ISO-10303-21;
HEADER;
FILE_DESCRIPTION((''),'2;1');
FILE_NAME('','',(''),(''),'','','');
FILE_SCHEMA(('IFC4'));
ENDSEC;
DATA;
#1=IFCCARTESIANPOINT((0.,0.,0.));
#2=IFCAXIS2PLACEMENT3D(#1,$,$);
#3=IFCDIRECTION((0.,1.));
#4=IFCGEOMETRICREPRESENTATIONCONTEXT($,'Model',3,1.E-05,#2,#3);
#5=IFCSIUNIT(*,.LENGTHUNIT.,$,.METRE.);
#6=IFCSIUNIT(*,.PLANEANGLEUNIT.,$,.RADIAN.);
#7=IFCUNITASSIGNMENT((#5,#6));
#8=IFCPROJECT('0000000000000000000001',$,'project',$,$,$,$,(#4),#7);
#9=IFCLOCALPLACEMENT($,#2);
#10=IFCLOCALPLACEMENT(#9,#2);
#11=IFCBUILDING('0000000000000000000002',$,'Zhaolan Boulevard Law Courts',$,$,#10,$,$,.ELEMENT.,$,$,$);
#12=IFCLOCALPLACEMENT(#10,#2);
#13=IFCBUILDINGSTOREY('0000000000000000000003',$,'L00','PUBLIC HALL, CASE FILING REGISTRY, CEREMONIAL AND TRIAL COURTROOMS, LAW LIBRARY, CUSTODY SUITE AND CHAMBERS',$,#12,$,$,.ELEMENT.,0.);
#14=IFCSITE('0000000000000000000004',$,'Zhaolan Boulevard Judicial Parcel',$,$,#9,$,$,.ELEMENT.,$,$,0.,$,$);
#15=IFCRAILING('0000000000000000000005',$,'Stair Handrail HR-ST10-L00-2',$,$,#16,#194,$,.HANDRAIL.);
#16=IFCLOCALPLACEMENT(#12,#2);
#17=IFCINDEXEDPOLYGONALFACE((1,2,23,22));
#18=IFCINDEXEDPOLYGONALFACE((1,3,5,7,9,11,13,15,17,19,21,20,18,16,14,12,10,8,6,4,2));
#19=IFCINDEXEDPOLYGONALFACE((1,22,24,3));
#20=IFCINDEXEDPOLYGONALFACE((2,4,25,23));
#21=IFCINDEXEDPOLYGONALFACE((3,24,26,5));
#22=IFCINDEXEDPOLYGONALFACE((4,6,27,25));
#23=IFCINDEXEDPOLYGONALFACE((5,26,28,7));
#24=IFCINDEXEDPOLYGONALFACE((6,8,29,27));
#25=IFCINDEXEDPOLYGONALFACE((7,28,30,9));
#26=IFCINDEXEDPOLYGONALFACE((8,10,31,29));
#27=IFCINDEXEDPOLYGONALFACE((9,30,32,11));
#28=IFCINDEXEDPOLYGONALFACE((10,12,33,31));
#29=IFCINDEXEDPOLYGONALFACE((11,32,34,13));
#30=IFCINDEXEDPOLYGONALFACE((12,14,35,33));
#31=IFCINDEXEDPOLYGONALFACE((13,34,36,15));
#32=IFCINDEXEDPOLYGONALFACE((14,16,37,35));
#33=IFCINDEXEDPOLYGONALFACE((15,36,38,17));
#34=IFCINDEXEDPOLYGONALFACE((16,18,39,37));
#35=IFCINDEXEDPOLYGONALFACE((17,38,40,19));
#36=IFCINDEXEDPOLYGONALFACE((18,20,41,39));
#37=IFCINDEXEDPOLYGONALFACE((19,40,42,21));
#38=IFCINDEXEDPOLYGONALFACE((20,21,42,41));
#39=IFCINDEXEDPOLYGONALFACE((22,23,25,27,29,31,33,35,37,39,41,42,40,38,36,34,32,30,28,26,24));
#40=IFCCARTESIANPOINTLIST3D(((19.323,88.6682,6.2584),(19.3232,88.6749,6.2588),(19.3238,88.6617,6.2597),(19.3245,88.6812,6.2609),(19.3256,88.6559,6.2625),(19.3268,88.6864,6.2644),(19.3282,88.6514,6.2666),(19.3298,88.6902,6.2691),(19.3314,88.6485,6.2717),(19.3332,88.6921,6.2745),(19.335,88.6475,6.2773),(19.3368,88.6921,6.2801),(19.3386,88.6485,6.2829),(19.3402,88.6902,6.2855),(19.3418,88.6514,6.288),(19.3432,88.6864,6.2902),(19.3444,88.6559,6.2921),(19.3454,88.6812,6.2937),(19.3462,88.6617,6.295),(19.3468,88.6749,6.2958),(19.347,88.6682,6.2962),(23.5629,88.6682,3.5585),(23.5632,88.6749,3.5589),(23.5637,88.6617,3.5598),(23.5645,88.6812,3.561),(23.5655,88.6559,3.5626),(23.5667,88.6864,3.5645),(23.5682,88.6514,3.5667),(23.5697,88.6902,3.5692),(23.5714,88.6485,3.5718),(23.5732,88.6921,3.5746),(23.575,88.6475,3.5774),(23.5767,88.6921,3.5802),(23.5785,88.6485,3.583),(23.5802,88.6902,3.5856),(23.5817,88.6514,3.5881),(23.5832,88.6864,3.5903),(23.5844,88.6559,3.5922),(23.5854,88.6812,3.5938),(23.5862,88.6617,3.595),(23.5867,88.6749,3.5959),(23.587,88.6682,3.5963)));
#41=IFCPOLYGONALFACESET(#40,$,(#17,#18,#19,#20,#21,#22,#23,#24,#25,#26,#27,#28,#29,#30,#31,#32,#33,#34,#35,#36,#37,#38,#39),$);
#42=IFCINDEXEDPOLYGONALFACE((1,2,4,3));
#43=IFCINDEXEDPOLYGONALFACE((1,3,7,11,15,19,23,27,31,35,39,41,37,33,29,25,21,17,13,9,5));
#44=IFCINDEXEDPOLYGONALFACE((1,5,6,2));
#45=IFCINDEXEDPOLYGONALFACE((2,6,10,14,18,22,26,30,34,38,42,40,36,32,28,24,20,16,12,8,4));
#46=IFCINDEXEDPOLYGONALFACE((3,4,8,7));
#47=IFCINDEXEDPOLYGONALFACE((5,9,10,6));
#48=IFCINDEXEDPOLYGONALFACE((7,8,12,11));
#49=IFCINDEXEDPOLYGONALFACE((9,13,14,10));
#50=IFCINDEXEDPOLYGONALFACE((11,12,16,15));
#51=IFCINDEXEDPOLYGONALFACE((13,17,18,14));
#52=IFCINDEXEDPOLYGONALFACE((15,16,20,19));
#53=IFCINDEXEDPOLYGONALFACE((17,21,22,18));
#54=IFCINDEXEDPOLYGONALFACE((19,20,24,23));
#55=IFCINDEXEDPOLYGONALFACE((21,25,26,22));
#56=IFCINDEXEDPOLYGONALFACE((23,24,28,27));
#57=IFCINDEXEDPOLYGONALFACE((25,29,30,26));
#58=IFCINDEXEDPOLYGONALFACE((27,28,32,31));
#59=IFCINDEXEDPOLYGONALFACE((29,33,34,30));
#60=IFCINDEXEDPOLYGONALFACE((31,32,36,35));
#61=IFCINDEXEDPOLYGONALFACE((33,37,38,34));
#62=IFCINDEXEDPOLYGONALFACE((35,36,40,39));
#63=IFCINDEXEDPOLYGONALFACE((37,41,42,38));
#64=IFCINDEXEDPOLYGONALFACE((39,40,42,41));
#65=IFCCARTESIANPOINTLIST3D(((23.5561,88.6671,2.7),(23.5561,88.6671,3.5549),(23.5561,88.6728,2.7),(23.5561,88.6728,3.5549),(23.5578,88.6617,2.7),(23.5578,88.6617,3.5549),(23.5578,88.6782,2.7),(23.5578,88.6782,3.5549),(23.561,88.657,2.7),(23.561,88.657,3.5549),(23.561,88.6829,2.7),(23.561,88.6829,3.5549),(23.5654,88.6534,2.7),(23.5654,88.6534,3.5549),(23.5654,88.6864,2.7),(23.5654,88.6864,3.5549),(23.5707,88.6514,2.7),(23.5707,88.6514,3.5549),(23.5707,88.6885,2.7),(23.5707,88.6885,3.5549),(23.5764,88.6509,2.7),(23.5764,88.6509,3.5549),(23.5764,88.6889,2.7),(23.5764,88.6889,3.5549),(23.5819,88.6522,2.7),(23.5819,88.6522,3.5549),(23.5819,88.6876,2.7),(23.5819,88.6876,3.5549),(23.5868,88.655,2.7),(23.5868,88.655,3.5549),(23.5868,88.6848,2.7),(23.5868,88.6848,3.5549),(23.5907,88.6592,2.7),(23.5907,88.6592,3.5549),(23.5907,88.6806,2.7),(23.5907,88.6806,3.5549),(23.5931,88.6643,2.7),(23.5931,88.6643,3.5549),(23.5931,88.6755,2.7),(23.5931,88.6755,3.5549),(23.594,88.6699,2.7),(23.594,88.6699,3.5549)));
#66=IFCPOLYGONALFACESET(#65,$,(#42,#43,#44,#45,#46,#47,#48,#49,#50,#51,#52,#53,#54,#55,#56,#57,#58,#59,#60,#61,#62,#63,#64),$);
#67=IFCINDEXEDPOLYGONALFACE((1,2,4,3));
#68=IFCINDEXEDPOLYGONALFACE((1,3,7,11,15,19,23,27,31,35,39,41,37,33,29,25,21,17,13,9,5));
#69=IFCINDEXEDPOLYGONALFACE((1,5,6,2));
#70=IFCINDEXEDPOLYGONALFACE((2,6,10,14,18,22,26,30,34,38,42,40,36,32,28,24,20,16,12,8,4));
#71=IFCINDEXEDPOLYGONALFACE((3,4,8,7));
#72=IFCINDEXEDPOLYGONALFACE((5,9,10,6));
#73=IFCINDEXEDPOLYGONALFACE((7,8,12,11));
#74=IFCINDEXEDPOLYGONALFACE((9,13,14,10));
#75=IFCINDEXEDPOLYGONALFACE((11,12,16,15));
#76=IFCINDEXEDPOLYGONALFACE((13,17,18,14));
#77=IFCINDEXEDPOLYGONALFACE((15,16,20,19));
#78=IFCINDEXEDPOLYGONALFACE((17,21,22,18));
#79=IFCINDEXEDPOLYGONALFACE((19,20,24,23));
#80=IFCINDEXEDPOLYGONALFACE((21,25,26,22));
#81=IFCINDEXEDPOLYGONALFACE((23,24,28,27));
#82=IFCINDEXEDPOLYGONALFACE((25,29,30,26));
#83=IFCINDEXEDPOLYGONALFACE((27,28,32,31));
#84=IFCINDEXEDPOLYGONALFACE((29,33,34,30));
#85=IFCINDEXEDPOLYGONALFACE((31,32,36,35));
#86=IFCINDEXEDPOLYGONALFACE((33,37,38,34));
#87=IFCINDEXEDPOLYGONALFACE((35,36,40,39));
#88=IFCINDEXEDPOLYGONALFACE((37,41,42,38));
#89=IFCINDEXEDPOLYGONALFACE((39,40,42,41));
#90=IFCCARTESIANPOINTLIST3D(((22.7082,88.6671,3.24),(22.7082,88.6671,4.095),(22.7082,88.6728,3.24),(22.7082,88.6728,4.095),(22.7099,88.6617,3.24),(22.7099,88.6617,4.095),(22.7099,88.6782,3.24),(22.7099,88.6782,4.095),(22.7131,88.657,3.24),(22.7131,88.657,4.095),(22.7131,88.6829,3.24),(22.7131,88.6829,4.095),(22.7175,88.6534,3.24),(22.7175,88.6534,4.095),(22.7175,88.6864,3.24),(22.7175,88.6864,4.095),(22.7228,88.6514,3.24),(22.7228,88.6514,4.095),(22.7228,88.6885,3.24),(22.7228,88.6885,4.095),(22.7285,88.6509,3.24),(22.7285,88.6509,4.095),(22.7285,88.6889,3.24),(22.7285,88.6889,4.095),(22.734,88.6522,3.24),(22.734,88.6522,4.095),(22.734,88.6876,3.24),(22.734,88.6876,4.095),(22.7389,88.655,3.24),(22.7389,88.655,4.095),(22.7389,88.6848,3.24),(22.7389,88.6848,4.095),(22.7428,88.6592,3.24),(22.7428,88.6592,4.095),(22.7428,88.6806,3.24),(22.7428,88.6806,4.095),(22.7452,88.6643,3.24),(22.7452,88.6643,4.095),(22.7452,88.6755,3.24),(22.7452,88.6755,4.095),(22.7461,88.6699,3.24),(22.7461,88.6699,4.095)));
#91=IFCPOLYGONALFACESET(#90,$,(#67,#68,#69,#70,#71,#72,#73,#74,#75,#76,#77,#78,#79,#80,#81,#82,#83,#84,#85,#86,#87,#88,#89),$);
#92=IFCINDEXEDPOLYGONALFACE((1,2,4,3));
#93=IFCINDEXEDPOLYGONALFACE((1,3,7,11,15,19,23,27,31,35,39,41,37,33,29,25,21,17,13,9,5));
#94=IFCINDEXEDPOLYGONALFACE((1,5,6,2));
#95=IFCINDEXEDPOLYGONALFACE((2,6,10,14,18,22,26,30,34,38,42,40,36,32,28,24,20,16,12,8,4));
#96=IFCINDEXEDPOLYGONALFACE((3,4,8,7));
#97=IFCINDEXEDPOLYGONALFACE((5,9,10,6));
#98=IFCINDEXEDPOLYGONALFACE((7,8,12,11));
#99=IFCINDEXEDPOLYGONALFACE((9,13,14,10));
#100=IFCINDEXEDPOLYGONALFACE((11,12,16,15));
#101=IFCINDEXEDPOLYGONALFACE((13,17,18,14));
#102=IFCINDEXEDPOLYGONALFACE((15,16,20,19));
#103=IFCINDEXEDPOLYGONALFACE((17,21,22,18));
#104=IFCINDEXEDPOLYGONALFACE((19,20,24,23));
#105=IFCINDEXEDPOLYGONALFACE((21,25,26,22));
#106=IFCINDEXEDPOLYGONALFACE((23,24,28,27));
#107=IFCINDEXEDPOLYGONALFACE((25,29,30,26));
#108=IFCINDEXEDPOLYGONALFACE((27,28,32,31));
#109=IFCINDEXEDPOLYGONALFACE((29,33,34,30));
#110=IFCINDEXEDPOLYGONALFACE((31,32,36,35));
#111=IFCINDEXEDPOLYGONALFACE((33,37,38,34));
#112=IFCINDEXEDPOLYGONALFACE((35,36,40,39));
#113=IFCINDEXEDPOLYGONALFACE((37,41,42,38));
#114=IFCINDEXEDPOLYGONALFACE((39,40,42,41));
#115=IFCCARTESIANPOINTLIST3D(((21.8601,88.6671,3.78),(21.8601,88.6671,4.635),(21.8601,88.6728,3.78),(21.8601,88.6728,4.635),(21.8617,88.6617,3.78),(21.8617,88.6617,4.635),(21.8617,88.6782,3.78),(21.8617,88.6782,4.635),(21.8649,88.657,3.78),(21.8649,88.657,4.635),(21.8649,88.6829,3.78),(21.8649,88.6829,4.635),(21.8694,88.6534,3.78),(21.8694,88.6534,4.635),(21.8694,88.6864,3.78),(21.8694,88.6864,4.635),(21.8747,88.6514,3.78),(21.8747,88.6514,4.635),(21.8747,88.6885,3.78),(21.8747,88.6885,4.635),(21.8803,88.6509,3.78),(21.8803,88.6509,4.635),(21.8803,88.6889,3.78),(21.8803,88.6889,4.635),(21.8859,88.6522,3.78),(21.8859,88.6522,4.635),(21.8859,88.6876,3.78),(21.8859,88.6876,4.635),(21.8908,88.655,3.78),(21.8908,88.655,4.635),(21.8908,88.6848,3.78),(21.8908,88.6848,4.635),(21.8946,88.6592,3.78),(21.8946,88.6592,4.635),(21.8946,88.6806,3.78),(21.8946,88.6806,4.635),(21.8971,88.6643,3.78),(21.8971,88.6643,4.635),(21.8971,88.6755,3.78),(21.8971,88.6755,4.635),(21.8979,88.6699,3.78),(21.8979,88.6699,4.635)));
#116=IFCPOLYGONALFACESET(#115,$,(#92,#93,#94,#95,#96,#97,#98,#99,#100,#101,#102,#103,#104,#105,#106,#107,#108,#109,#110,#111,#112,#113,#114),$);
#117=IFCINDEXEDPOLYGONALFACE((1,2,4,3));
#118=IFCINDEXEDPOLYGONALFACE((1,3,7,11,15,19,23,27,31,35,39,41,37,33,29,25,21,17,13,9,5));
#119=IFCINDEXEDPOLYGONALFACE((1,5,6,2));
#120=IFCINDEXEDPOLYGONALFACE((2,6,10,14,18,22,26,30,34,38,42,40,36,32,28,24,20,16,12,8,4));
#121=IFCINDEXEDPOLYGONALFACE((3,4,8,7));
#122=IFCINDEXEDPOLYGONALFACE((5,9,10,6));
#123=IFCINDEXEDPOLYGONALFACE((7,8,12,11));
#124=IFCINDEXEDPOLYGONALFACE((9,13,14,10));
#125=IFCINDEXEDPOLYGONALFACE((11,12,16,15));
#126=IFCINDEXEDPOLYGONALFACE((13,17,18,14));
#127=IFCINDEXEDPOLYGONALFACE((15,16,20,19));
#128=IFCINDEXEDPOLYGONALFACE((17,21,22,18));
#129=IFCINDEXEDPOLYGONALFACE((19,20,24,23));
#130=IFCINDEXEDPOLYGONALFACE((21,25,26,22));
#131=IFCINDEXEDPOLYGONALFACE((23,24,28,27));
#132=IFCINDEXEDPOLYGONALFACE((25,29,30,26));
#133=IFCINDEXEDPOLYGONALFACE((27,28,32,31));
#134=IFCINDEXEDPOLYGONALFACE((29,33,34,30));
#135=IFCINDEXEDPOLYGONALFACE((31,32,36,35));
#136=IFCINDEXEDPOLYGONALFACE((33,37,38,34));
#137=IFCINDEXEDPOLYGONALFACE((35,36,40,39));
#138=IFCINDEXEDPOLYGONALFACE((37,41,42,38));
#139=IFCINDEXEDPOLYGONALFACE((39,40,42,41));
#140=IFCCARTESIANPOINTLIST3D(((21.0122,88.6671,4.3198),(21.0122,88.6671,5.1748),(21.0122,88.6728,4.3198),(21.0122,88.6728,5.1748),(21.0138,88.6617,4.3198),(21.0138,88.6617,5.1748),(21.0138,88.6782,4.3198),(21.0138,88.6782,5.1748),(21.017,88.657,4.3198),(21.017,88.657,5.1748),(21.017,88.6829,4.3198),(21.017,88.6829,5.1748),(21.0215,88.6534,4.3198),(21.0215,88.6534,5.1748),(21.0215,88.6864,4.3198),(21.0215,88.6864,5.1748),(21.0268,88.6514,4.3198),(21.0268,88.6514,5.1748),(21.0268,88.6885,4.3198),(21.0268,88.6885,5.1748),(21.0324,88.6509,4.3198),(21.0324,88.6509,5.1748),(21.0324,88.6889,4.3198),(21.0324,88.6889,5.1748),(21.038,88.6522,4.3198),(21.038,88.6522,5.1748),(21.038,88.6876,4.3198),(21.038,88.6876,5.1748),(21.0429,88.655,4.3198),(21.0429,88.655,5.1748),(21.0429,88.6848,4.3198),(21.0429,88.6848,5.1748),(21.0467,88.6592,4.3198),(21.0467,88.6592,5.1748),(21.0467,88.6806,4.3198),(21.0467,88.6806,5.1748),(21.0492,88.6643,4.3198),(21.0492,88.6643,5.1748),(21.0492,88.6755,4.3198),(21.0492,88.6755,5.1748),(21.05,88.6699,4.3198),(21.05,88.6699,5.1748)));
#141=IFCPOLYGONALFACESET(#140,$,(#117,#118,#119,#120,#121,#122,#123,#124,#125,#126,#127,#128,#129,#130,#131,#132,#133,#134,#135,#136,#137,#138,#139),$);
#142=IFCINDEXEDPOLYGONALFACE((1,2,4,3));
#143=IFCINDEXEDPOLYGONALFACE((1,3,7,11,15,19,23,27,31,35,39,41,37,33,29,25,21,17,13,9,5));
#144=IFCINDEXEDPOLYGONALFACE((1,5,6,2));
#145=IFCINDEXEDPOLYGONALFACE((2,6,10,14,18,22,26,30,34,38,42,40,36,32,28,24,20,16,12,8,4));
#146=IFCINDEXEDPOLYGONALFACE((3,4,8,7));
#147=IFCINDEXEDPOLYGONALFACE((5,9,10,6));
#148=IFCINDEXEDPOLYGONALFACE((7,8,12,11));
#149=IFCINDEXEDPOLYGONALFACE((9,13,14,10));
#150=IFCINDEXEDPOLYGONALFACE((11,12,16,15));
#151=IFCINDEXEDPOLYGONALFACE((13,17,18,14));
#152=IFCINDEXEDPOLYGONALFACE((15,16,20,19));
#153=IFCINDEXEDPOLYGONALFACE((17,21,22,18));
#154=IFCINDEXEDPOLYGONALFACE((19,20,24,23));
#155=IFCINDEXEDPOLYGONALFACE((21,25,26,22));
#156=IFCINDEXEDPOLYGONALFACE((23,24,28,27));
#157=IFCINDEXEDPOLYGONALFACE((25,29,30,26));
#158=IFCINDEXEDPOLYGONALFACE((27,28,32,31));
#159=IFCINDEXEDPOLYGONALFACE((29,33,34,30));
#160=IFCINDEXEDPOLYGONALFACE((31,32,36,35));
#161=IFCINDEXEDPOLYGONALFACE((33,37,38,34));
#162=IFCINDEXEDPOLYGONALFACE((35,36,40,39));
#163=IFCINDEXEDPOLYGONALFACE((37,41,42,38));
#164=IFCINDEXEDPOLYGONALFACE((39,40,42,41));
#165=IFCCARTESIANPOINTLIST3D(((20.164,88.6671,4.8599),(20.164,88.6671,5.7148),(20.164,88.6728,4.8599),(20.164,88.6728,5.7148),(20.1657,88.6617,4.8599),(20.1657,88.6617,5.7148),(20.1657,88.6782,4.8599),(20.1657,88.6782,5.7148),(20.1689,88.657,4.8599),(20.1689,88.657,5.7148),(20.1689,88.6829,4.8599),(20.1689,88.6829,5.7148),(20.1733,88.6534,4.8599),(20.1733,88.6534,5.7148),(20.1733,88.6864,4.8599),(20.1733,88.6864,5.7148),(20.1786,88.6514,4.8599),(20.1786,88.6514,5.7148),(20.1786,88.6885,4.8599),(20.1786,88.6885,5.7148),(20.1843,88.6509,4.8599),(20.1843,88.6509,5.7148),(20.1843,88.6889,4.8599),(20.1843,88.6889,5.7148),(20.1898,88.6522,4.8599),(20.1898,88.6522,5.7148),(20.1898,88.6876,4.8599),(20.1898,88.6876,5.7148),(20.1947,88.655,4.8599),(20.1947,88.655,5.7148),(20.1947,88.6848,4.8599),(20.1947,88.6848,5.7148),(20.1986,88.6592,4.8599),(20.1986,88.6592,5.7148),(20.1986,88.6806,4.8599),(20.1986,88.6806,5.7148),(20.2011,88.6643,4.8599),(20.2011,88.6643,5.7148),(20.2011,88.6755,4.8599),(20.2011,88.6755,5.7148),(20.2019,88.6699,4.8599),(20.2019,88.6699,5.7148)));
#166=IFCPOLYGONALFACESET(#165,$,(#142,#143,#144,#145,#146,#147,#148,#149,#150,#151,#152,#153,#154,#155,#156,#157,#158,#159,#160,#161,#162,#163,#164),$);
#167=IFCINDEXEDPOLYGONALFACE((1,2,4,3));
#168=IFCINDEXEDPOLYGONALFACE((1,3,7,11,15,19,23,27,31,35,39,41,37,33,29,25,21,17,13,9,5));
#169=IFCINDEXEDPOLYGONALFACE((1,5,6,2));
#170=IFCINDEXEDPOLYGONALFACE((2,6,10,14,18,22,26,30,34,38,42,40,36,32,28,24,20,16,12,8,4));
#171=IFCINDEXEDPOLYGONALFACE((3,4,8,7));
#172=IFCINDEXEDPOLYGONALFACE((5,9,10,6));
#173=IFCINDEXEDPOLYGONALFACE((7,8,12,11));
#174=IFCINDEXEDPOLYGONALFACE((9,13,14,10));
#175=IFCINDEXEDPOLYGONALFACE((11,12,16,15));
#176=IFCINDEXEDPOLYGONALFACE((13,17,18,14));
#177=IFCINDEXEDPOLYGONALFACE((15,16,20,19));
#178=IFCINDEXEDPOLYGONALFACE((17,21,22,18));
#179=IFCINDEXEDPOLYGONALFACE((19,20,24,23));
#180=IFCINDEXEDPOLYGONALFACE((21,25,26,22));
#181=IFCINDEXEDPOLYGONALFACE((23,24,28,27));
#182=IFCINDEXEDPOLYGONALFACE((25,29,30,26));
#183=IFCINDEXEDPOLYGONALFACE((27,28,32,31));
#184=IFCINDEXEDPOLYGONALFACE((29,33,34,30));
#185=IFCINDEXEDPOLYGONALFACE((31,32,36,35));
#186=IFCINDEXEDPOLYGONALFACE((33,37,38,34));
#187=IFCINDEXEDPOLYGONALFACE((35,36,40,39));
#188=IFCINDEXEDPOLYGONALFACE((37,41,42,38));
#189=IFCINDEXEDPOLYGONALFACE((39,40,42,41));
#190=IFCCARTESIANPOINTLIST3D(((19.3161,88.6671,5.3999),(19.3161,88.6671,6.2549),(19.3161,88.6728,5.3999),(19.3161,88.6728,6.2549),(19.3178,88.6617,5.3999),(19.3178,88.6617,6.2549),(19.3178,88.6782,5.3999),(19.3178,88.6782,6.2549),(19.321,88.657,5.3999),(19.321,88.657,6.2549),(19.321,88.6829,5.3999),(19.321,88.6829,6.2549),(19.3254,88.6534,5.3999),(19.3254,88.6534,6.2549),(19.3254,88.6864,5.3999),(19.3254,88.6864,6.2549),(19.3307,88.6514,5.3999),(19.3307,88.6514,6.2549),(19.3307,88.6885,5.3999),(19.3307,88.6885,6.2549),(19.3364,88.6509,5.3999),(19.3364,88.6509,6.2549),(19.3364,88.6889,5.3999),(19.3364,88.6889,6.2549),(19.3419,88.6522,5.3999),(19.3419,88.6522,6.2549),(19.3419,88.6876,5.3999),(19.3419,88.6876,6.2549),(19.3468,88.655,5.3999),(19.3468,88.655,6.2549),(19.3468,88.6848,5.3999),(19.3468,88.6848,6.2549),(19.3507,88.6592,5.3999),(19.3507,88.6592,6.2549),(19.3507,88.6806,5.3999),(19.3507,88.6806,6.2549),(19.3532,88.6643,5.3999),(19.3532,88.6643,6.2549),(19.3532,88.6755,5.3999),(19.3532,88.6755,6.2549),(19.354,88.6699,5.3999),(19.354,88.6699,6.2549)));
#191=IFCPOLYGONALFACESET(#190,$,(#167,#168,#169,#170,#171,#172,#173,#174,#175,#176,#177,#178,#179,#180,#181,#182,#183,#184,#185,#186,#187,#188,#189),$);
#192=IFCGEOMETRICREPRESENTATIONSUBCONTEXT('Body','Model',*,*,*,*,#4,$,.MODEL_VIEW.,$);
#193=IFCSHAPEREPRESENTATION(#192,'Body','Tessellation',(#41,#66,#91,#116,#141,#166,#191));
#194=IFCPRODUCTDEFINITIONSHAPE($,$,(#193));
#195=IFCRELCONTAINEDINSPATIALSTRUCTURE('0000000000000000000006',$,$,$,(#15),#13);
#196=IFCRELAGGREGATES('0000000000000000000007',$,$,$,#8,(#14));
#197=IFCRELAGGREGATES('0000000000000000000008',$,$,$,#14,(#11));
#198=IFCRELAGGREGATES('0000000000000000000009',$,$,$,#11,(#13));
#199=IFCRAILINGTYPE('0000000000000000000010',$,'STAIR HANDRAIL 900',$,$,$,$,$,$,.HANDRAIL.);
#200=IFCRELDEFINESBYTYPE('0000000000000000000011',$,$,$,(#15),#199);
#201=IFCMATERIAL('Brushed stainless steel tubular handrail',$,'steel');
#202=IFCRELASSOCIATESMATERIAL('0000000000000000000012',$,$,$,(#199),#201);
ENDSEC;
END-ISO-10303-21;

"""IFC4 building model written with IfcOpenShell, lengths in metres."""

from ifc_helpers import new_model, si_unit, direction, frame, origin, origin_2d, place, context, subcontext, project, spatial, circle, extrude, material, type_object, element, save


model = new_model("IFC4")

# Units and contexts
model_context = context("Model", 3, precision=1e-05, world=origin(), true_north=direction((0.0, 1.0)))
body_context = subcontext(model_context, "Body", "Model", "MODEL_VIEW")
ifc_project = project(units=[si_unit("LENGTHUNIT", "METRE"), si_unit("PLANEANGLEUNIT", "RADIAN")], contexts=[model_context])

# Site, building, storey
site_placement = place(None, origin())
site = spatial("IfcSite", under=ifc_project, at=site_placement, Name="Zhaolan Boulevard Judicial Parcel", CompositionType="ELEMENT", RefElevation=0.0)
building_placement = place(site_placement, origin())
building = spatial("IfcBuilding", under=site, at=building_placement, Name="Zhaolan Boulevard Law Courts", CompositionType="ELEMENT")
storey_placement = place(building_placement, origin())
storey = spatial("IfcBuildingStorey", under=building, at=storey_placement, Name="L00", Description="PUBLIC HALL, CASE FILING REGISTRY, CEREMONIAL AND TRIAL COURTROOMS, LAW LIBRARY, CUSTODY SUITE AND CHAMBERS", CompositionType="ELEMENT", Elevation=0.0)

# Railing
ifc_material_1 = material(Name="Brushed stainless steel tubular handrail", Category="steel")
railing_type_1 = type_object("IfcRailingType", Name="STAIR HANDRAIL 900", PredefinedType="HANDRAIL", material=ifc_material_1)
railing_1_placement = place(storey_placement, frame((23.575, 88.6699, 2.7)))
element("IfcRailing", 1, at=railing_1_placement, inside=storey, type_object=railing_type_1, Name="Stair Handrail HR-ST10-L00-2", PredefinedType="HANDRAIL", context=body_context, shape_type="SweptSolid", body=[
    extrude(circle(Radius=0.0225, at=origin_2d()), frame((0.0, 0.0, 0.8774), z_axis=(-0.843501, 0.0, 0.537127), x_axis=(0.0, -1.0, 0.0)), (0.0, 0.0, 1.0), 5.0266),
    extrude(circle(Radius=0.019, at=origin_2d()), origin(), (0.0, 0.0, 1.0), 0.855),
    extrude(circle(Radius=0.019, at=origin_2d()), frame((-0.8479, 0.0, 0.54)), (0.0, 0.0, 1.0), 0.855),
    extrude(circle(Radius=0.019, at=origin_2d()), frame((-1.696, 0.0, 1.0801)), (0.0, 0.0, 1.0), 0.855),
    extrude(circle(Radius=0.019, at=origin_2d()), frame((-2.5439, 0.0, 1.6199)), (0.0, 0.0, 1.0), 0.855),
    extrude(circle(Radius=0.019, at=origin_2d()), frame((-3.3921, 0.0, 2.1599)), (0.0, 0.0, 1.0), 0.855),
    extrude(circle(Radius=0.019, at=origin_2d()), frame((-4.24, 0.0, 2.7)), (0.0, 0.0, 1.0), 0.855),
])

save(model, "model.ifc")
